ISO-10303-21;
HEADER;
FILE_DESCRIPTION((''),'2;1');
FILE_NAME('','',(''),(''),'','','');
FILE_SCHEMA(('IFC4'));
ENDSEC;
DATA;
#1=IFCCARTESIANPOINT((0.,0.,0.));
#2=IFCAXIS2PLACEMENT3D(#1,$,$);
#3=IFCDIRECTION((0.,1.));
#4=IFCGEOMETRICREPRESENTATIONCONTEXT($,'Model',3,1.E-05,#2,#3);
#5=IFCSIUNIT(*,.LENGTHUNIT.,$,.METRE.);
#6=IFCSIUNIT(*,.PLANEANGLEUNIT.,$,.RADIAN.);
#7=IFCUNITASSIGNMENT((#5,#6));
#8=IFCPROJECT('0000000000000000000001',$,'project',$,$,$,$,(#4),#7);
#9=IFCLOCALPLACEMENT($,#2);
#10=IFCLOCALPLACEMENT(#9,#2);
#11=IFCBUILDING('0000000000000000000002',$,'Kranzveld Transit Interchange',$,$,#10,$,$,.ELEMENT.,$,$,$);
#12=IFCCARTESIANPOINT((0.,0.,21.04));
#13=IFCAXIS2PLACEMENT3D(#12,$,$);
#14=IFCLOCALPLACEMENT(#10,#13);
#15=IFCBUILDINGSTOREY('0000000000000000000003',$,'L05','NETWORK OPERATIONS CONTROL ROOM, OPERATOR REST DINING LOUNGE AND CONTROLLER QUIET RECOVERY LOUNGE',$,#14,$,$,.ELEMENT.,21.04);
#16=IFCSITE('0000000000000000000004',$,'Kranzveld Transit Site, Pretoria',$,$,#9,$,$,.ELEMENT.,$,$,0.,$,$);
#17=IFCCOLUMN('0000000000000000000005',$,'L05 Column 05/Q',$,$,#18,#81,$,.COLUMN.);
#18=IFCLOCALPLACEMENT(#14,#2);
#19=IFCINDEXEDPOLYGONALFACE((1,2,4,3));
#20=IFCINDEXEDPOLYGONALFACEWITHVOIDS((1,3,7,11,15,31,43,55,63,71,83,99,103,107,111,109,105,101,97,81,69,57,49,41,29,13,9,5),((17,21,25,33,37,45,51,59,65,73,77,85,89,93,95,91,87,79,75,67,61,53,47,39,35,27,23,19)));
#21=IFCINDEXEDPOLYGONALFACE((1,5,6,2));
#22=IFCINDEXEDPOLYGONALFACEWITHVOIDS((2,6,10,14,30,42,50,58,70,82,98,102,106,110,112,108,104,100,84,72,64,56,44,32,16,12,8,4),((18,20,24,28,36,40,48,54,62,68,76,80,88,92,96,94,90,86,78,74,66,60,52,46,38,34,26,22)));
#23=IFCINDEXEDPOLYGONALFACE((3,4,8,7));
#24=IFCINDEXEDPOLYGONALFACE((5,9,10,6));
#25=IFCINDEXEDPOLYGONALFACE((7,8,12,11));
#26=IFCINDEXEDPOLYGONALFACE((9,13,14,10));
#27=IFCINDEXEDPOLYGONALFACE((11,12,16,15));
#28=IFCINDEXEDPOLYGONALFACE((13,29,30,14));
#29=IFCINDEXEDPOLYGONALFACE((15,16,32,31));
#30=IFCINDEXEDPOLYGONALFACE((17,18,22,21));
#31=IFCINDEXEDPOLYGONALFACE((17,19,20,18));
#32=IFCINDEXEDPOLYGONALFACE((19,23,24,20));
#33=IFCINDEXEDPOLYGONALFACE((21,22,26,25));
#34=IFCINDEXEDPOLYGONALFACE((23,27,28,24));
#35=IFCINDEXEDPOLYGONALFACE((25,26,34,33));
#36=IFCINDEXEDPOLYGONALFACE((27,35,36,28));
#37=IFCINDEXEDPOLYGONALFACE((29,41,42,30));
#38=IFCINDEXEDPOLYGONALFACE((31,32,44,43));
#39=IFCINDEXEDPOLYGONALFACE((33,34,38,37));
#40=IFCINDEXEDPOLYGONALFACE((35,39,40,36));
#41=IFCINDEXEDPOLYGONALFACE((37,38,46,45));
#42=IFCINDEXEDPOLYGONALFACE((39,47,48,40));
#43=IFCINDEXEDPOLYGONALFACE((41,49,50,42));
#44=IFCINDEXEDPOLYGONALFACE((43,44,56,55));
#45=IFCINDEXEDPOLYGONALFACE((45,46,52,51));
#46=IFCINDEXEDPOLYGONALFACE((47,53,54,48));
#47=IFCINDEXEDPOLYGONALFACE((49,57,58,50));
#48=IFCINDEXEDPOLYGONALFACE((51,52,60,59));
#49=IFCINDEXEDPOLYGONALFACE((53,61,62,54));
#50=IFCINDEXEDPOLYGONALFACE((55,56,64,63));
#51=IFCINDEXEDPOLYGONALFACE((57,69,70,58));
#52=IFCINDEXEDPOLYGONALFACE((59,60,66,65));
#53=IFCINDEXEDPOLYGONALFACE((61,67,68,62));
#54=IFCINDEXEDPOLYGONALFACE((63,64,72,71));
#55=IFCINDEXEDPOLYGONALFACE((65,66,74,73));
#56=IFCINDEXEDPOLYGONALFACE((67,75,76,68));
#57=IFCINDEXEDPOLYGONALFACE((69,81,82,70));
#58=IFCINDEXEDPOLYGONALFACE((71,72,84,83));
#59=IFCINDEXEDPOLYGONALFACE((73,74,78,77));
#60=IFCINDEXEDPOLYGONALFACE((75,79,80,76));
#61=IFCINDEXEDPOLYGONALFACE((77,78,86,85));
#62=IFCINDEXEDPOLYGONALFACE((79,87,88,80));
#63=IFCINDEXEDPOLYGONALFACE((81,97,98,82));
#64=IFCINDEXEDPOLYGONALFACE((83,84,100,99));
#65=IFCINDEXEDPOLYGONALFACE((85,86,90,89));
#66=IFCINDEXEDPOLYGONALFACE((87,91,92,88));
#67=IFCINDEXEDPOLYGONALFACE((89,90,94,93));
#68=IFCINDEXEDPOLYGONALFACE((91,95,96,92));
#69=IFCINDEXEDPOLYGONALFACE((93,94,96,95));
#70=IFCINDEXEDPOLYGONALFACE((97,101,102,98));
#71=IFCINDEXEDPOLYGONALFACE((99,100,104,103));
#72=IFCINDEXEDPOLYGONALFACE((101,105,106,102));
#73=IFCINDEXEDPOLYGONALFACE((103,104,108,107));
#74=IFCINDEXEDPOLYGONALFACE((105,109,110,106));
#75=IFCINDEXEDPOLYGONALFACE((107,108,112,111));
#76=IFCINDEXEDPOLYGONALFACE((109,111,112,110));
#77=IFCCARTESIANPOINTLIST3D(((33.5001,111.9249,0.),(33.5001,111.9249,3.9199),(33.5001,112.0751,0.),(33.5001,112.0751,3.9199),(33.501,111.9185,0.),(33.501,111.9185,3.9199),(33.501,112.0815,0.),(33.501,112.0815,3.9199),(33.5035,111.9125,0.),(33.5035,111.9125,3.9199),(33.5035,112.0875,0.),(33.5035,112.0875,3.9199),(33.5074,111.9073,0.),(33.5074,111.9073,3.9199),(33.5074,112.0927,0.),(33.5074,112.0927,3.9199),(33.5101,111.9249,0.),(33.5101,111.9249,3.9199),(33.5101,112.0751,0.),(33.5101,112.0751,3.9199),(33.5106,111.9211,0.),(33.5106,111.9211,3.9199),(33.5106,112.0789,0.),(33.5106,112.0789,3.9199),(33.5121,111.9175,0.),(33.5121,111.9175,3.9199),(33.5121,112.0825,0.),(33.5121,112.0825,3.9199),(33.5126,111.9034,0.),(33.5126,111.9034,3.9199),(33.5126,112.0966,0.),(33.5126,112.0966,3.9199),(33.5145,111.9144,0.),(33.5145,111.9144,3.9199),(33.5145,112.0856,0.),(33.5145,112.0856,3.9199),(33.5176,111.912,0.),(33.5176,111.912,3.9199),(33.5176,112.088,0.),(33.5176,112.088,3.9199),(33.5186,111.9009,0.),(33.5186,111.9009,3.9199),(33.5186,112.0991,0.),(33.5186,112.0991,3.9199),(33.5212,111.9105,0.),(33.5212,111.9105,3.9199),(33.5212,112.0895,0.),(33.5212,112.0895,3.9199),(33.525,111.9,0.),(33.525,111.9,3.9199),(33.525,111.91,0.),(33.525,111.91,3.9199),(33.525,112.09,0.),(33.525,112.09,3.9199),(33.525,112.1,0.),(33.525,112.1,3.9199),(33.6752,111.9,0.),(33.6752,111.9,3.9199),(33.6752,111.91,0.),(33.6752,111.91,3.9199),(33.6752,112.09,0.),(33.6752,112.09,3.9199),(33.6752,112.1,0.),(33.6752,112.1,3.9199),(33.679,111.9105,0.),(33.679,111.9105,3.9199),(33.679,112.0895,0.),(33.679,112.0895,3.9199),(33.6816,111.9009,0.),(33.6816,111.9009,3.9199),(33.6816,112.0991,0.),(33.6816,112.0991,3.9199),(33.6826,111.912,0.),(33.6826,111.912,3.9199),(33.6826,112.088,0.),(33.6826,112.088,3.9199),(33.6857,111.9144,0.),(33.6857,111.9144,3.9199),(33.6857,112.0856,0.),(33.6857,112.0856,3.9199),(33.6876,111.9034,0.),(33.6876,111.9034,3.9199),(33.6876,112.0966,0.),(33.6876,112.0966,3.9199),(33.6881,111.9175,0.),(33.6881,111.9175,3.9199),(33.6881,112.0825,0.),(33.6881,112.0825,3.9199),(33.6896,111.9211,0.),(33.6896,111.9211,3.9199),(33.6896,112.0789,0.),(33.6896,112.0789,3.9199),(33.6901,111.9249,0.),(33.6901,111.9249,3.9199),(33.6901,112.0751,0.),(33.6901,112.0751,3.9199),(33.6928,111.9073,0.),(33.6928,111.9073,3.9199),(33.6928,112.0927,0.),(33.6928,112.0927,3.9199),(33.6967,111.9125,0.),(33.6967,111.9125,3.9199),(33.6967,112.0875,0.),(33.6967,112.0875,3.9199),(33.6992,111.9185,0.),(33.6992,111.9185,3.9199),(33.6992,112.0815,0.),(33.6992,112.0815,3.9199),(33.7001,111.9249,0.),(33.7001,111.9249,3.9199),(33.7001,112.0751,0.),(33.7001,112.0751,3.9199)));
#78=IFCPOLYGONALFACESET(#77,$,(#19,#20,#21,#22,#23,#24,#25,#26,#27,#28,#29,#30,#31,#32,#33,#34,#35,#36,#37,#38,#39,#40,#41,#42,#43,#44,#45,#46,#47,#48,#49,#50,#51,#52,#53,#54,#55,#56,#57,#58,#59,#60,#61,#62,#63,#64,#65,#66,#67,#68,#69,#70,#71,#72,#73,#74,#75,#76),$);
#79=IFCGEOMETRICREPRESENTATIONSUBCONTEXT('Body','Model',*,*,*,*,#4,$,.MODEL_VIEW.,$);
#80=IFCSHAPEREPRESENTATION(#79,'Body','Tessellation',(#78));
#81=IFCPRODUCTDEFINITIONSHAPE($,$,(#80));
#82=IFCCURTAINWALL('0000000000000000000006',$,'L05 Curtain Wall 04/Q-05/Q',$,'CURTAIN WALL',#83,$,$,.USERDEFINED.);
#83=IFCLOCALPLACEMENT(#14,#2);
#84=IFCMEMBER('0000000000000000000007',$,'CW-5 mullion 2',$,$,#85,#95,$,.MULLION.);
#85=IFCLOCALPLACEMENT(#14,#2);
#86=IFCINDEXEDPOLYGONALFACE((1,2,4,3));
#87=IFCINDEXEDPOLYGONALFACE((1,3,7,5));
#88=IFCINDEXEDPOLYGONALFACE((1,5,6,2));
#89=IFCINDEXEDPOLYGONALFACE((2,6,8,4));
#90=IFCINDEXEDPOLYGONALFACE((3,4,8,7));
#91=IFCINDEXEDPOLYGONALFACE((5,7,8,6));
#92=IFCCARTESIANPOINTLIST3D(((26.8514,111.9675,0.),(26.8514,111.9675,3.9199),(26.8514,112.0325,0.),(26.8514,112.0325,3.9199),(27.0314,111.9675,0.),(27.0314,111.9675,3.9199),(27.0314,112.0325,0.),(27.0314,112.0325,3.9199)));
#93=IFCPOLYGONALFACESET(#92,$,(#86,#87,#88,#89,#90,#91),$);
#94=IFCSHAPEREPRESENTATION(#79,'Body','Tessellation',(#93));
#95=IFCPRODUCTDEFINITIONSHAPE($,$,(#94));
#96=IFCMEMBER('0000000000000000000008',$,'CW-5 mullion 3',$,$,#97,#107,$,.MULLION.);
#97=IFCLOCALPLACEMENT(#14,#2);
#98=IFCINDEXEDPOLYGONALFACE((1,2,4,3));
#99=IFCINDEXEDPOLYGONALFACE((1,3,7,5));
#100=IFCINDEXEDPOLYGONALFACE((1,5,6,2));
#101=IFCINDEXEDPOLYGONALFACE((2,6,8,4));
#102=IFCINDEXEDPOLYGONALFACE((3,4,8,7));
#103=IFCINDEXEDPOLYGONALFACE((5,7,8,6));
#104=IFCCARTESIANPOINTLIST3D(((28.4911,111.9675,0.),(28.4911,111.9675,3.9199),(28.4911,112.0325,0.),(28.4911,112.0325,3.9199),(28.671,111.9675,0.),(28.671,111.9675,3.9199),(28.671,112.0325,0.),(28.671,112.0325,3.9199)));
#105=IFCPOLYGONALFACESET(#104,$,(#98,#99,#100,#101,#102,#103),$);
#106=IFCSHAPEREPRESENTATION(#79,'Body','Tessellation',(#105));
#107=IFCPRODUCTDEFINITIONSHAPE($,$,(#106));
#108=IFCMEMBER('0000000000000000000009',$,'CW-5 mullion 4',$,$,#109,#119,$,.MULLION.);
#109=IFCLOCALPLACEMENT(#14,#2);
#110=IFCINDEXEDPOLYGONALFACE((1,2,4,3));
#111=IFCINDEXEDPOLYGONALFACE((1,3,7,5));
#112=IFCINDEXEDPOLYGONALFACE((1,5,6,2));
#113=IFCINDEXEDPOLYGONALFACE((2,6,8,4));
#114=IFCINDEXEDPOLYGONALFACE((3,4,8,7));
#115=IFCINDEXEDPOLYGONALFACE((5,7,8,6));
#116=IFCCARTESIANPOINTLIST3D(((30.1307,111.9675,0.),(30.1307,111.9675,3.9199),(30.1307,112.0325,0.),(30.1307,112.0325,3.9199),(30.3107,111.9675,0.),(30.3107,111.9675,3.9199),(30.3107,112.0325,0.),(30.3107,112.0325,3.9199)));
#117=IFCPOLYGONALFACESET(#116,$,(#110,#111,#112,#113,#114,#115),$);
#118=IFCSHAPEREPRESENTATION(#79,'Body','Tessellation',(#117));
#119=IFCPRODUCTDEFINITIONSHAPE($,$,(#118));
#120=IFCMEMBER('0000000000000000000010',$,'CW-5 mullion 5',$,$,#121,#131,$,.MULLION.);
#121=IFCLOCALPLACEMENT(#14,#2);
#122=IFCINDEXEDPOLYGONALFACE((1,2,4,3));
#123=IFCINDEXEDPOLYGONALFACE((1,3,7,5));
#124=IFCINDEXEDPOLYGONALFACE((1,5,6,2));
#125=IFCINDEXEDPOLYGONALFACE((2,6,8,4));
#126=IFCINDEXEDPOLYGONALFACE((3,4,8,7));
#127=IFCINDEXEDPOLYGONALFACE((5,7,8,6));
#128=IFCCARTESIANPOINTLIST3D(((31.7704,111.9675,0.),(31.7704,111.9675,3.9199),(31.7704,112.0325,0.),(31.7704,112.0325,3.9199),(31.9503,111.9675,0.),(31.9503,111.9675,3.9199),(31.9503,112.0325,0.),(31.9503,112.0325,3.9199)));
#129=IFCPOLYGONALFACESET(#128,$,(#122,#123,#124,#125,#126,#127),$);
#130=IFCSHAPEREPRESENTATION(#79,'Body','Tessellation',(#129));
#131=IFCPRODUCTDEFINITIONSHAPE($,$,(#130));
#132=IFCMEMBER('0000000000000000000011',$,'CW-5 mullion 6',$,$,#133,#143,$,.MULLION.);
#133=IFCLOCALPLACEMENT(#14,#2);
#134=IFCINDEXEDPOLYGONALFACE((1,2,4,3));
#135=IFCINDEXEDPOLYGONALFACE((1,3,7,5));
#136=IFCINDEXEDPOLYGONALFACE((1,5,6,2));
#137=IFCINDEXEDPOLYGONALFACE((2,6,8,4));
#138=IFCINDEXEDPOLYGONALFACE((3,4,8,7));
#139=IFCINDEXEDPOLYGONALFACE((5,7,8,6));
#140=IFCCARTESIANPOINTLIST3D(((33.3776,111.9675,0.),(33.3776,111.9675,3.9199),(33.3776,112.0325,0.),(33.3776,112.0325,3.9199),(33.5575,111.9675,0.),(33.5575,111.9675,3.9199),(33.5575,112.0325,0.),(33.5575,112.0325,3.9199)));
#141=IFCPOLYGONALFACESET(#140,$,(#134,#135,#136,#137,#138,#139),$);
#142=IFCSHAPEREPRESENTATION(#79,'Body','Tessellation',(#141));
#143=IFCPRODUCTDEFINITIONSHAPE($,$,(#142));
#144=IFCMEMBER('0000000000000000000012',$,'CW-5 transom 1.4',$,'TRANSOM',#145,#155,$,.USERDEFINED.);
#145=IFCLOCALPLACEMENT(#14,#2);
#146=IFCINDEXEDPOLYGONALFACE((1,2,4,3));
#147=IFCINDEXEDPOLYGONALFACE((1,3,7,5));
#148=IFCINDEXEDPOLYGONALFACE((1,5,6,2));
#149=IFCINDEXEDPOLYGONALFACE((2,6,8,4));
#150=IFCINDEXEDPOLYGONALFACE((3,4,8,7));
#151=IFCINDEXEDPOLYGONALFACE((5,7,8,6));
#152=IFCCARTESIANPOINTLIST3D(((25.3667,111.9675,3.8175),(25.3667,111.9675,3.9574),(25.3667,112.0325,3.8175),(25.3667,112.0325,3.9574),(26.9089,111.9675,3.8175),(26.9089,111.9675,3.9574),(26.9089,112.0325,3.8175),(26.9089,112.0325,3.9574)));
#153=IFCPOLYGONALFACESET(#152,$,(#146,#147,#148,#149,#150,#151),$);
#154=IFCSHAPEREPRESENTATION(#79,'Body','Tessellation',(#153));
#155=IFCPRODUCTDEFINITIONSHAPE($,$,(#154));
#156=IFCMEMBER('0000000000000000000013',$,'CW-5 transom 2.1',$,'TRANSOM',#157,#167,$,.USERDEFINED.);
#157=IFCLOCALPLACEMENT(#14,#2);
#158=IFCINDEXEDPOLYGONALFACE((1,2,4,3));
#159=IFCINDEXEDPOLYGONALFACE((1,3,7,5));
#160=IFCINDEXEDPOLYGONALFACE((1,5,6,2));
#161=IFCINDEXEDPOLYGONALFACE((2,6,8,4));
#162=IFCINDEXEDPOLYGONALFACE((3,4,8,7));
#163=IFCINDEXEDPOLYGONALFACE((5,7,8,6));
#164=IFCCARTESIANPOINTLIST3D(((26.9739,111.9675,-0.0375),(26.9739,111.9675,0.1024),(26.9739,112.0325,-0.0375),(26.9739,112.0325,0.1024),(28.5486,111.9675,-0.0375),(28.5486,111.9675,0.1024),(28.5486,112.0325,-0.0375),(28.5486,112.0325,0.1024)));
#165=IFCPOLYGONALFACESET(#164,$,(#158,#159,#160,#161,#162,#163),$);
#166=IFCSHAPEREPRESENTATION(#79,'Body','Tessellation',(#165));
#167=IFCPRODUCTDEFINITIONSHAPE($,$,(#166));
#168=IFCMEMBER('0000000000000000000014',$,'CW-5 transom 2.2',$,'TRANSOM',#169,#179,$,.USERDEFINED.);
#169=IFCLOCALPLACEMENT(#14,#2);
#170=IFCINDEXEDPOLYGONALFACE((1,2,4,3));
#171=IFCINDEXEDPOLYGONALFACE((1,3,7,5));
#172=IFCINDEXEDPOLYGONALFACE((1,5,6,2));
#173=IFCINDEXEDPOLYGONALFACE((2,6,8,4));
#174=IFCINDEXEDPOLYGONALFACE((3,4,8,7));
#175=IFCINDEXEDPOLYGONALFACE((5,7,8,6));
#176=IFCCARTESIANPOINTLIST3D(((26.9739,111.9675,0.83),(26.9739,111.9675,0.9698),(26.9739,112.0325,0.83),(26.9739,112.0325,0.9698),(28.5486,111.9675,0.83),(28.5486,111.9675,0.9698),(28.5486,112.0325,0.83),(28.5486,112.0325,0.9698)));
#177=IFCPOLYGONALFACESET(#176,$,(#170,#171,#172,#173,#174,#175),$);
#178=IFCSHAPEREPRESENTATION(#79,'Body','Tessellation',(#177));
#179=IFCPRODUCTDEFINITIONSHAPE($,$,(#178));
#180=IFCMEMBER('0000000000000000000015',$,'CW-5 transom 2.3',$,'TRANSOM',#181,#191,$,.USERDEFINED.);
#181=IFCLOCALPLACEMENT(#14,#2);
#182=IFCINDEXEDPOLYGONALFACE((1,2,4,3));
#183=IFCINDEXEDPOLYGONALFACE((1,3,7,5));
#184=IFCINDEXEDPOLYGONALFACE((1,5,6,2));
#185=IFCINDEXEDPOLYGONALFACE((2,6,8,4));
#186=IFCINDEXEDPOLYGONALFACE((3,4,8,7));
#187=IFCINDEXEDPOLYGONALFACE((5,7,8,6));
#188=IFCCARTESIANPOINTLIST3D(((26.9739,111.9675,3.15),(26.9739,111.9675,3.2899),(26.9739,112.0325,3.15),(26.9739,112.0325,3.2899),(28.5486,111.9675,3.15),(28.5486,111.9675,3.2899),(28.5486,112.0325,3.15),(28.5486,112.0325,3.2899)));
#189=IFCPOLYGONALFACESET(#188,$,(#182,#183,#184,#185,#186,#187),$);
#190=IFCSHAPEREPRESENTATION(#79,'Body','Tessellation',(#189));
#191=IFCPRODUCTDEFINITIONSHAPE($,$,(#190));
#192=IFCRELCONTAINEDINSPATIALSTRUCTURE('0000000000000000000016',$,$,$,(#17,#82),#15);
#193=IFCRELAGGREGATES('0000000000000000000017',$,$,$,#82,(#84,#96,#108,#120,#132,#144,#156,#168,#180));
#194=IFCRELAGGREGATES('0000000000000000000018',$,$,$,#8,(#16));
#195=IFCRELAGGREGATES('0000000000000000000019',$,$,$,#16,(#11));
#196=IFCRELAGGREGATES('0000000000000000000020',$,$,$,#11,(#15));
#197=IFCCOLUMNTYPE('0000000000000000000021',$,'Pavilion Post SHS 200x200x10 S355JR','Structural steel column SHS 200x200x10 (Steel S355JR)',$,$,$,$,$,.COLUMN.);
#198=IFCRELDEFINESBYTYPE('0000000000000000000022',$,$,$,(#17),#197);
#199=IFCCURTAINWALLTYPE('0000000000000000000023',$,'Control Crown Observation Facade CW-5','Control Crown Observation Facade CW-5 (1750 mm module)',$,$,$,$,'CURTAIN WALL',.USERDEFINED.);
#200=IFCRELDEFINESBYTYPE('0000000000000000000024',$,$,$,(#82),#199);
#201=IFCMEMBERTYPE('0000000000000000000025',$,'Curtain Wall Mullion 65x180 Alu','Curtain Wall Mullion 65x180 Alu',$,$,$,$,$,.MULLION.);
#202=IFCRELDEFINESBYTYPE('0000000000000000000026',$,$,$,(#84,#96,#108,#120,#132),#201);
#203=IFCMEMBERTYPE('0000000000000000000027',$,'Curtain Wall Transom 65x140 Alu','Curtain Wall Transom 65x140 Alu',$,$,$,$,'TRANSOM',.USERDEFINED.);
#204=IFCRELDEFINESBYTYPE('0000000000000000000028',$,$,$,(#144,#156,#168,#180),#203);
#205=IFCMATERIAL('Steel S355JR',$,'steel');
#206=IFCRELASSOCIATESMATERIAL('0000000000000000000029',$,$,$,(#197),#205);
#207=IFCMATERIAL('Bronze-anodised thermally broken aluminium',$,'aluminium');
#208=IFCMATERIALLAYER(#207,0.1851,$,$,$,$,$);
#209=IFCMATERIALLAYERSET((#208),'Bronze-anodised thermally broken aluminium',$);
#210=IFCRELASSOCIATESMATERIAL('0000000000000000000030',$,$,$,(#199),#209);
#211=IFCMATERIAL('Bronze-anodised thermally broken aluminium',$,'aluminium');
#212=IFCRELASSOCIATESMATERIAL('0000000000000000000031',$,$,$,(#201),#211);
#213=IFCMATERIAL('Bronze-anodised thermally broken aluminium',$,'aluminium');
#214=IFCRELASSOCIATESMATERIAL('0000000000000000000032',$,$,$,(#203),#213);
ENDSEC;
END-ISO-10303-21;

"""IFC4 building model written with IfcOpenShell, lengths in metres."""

from ifc_helpers import new_model, si_unit, direction, frame, origin, origin_2d, place, context, subcontext, project, spatial, rectangle, hollow_rectangle, extrude, material, layer, layer_set, material_profile, profile_set, type_object, element, aggregate, save


model = new_model("IFC4")

# Units and contexts
model_context = context("Model", 3, precision=1e-05, world=origin(), true_north=direction((0.0, 1.0)))
body_context = subcontext(model_context, "Body", "Model", "MODEL_VIEW")
ifc_project = project(units=[si_unit("LENGTHUNIT", "METRE"), si_unit("PLANEANGLEUNIT", "RADIAN")], contexts=[model_context])

# Site, building, storey
site_placement = place(None, origin())
site = spatial("IfcSite", under=ifc_project, at=site_placement, Name="Kranzveld Transit Site, Pretoria", CompositionType="ELEMENT", RefElevation=0.0)
building_placement = place(site_placement, origin())
building = spatial("IfcBuilding", under=site, at=building_placement, Name="Kranzveld Transit Interchange", CompositionType="ELEMENT")
storey_placement = place(building_placement, frame((0.0, 0.0, 21.04)))
storey = spatial("IfcBuildingStorey", under=building, at=storey_placement, Name="L05", Description="NETWORK OPERATIONS CONTROL ROOM, OPERATOR REST DINING LOUNGE AND CONTROLLER QUIET RECOVERY LOUNGE", CompositionType="ELEMENT", Elevation=21.04)

# Column
ifc_material_1 = material(Name="Steel S355JR", Category="steel")
ifc_material_profile_1 = material_profile(ifc_material_1, hollow_rectangle(XDim=0.2, YDim=0.2, WallThickness=0.01, InnerFilletRadius=0.0149, OuterFilletRadius=0.0249, at=origin_2d()), Name="SHS 200x200x10")
ifc_profile_set_1 = profile_set([ifc_material_profile_1], Name="Steel S355JR")
column_type = type_object("IfcColumnType", Name="Pavilion Post SHS 200x200x10 S355JR", Description="Structural steel column SHS 200x200x10 (Steel S355JR)", PredefinedType="COLUMN", material=ifc_profile_set_1)
column_placement = place(storey_placement, frame((33.6001, 112.0, 0.0), z_axis=(0.0, 0.0, 1.0), x_axis=(1.0, 0.0, 0.0)))
element("IfcColumn", 1, at=column_placement, inside=storey, type_object=column_type, Name="L05 Column 05/Q", PredefinedType="COLUMN", context=body_context, shape_type="SweptSolid", body=[
    extrude(hollow_rectangle(XDim=0.2, YDim=0.2, WallThickness=0.01, InnerFilletRadius=0.0149, OuterFilletRadius=0.0249, at=origin_2d()), origin(), (0.0, 0.0, 1.0), 3.9199),
])

# Curtain wall, members
ifc_material_2 = material(Name="Bronze-anodised thermally broken aluminium", Category="aluminium")
ifc_layer_1 = layer(ifc_material_2, 0.1851)
ifc_layer_set_1 = layer_set([ifc_layer_1], Name="Bronze-anodised thermally broken aluminium")
curtain_wall_type = type_object("IfcCurtainWallType", Name="Control Crown Observation Facade CW-5", Description="Control Crown Observation Facade CW-5 (1750 mm module)", ElementType="CURTAIN WALL", PredefinedType="USERDEFINED", material=ifc_layer_set_1)
curtain_wall_placement = place(storey_placement, origin())
curtain_wall = element("IfcCurtainWall", 2, at=curtain_wall_placement, inside=storey, type_object=curtain_wall_type, Name="L05 Curtain Wall 04/Q-05/Q", ObjectType="CURTAIN WALL", PredefinedType="USERDEFINED")
ifc_material_3 = material(Name="Bronze-anodised thermally broken aluminium", Category="aluminium")
ifc_material_profile_2 = material_profile(ifc_material_3, rectangle(XDim=0.0649, YDim=0.1799, at=origin_2d()), Name="ALU MULLION 65x180")
ifc_profile_set_2 = profile_set([ifc_material_profile_2], Name="Bronze-anodised thermally broken aluminium")
member_type_1 = type_object("IfcMemberType", Name="Curtain Wall Mullion 65x180 Alu", Description="Curtain Wall Mullion 65x180 Alu", PredefinedType="MULLION", material=ifc_profile_set_2)
member_1_placement = place(storey_placement, frame((26.9414, 112.0, 0.0), z_axis=(0.0, 0.0, 1.0), x_axis=(0.0, 1.0, 0.0)))
member_1 = element("IfcMember", 3, at=member_1_placement, type_object=member_type_1, Name="CW-5 mullion 2", PredefinedType="MULLION", context=body_context, shape_type="SweptSolid", body=[
    extrude(rectangle(XDim=0.0649, YDim=0.1799, at=origin_2d()), origin(), (0.0, 0.0, 1.0), 3.9199),
])
member_2_placement = place(storey_placement, frame((28.5811, 112.0, 0.0), z_axis=(0.0, 0.0, 1.0), x_axis=(0.0, 1.0, 0.0)))
member_2 = element("IfcMember", 4, at=member_2_placement, type_object=member_type_1, Name="CW-5 mullion 3", PredefinedType="MULLION", context=body_context, shape_type="SweptSolid", body=[
    extrude(rectangle(XDim=0.0649, YDim=0.1799, at=origin_2d()), origin(), (0.0, 0.0, 1.0), 3.9199),
])
member_3_placement = place(storey_placement, frame((30.2207, 112.0, 0.0), z_axis=(0.0, 0.0, 1.0), x_axis=(0.0, 1.0, 0.0)))
member_3 = element("IfcMember", 5, at=member_3_placement, type_object=member_type_1, Name="CW-5 mullion 4", PredefinedType="MULLION", context=body_context, shape_type="SweptSolid", body=[
    extrude(rectangle(XDim=0.0649, YDim=0.1799, at=origin_2d()), origin(), (0.0, 0.0, 1.0), 3.9199),
])
member_4_placement = place(storey_placement, frame((31.8604, 112.0, 0.0), z_axis=(0.0, 0.0, 1.0), x_axis=(0.0, 1.0, 0.0)))
member_4 = element("IfcMember", 6, at=member_4_placement, type_object=member_type_1, Name="CW-5 mullion 5", PredefinedType="MULLION", context=body_context, shape_type="SweptSolid", body=[
    extrude(rectangle(XDim=0.0649, YDim=0.1799, at=origin_2d()), origin(), (0.0, 0.0, 1.0), 3.9199),
])
member_5_placement = place(storey_placement, frame((33.4675, 112.0, 0.0), z_axis=(0.0, 0.0, 1.0), x_axis=(0.0, 1.0, 0.0)))
member_5 = element("IfcMember", 7, at=member_5_placement, type_object=member_type_1, Name="CW-5 mullion 6", PredefinedType="MULLION", context=body_context, shape_type="SweptSolid", body=[
    extrude(rectangle(XDim=0.0649, YDim=0.1799, at=origin_2d()), origin(), (0.0, 0.0, 1.0), 3.9199),
])
ifc_material_4 = material(Name="Bronze-anodised thermally broken aluminium", Category="aluminium")
ifc_material_profile_3 = material_profile(ifc_material_4, rectangle(XDim=0.0649, YDim=0.1399, at=origin_2d()), Name="ALU TRANSOM 65x140")
ifc_profile_set_3 = profile_set([ifc_material_profile_3], Name="Bronze-anodised thermally broken aluminium")
member_type_2 = type_object("IfcMemberType", Name="Curtain Wall Transom 65x140 Alu", Description="Curtain Wall Transom 65x140 Alu", ElementType="TRANSOM", PredefinedType="USERDEFINED", material=ifc_profile_set_3)
member_6_placement = place(storey_placement, frame((25.3667, 112.0, 3.8875), z_axis=(1.0, 0.0, 0.0), x_axis=(0.0, 1.0, 0.0)))
member_6 = element("IfcMember", 8, at=member_6_placement, type_object=member_type_2, Name="CW-5 transom 1.4", ObjectType="TRANSOM", PredefinedType="USERDEFINED", context=body_context, shape_type="SweptSolid", body=[
    extrude(rectangle(XDim=0.0649, YDim=0.1399, at=origin_2d()), origin(), (0.0, 0.0, 1.0), 1.5422),
])
member_7_placement = place(storey_placement, frame((26.9739, 112.0, 0.0325), z_axis=(1.0, 0.0, 0.0), x_axis=(0.0, 1.0, 0.0)))
member_7 = element("IfcMember", 9, at=member_7_placement, type_object=member_type_2, Name="CW-5 transom 2.1", ObjectType="TRANSOM", PredefinedType="USERDEFINED", context=body_context, shape_type="SweptSolid", body=[
    extrude(rectangle(XDim=0.0649, YDim=0.1399, at=origin_2d()), origin(), (0.0, 0.0, 1.0), 1.5747),
])
member_8_placement = place(storey_placement, frame((26.9739, 112.0, 0.8999), z_axis=(1.0, 0.0, 0.0), x_axis=(0.0, 1.0, 0.0)))
member_8 = element("IfcMember", 10, at=member_8_placement, type_object=member_type_2, Name="CW-5 transom 2.2", ObjectType="TRANSOM", PredefinedType="USERDEFINED", context=body_context, shape_type="SweptSolid", body=[
    extrude(rectangle(XDim=0.0649, YDim=0.1399, at=origin_2d()), origin(), (0.0, 0.0, 1.0), 1.5747),
])
member_9_placement = place(storey_placement, frame((26.9739, 112.0, 3.22), z_axis=(1.0, 0.0, 0.0), x_axis=(0.0, 1.0, 0.0)))
member_9 = element("IfcMember", 11, at=member_9_placement, type_object=member_type_2, Name="CW-5 transom 2.3", ObjectType="TRANSOM", PredefinedType="USERDEFINED", context=body_context, shape_type="SweptSolid", body=[
    extrude(rectangle(XDim=0.0649, YDim=0.1399, at=origin_2d()), origin(), (0.0, 0.0, 1.0), 1.5747),
])
aggregate(curtain_wall, [member_1, member_2, member_3, member_4, member_5, member_6, member_7, member_8, member_9])

save(model, "model.ifc")
